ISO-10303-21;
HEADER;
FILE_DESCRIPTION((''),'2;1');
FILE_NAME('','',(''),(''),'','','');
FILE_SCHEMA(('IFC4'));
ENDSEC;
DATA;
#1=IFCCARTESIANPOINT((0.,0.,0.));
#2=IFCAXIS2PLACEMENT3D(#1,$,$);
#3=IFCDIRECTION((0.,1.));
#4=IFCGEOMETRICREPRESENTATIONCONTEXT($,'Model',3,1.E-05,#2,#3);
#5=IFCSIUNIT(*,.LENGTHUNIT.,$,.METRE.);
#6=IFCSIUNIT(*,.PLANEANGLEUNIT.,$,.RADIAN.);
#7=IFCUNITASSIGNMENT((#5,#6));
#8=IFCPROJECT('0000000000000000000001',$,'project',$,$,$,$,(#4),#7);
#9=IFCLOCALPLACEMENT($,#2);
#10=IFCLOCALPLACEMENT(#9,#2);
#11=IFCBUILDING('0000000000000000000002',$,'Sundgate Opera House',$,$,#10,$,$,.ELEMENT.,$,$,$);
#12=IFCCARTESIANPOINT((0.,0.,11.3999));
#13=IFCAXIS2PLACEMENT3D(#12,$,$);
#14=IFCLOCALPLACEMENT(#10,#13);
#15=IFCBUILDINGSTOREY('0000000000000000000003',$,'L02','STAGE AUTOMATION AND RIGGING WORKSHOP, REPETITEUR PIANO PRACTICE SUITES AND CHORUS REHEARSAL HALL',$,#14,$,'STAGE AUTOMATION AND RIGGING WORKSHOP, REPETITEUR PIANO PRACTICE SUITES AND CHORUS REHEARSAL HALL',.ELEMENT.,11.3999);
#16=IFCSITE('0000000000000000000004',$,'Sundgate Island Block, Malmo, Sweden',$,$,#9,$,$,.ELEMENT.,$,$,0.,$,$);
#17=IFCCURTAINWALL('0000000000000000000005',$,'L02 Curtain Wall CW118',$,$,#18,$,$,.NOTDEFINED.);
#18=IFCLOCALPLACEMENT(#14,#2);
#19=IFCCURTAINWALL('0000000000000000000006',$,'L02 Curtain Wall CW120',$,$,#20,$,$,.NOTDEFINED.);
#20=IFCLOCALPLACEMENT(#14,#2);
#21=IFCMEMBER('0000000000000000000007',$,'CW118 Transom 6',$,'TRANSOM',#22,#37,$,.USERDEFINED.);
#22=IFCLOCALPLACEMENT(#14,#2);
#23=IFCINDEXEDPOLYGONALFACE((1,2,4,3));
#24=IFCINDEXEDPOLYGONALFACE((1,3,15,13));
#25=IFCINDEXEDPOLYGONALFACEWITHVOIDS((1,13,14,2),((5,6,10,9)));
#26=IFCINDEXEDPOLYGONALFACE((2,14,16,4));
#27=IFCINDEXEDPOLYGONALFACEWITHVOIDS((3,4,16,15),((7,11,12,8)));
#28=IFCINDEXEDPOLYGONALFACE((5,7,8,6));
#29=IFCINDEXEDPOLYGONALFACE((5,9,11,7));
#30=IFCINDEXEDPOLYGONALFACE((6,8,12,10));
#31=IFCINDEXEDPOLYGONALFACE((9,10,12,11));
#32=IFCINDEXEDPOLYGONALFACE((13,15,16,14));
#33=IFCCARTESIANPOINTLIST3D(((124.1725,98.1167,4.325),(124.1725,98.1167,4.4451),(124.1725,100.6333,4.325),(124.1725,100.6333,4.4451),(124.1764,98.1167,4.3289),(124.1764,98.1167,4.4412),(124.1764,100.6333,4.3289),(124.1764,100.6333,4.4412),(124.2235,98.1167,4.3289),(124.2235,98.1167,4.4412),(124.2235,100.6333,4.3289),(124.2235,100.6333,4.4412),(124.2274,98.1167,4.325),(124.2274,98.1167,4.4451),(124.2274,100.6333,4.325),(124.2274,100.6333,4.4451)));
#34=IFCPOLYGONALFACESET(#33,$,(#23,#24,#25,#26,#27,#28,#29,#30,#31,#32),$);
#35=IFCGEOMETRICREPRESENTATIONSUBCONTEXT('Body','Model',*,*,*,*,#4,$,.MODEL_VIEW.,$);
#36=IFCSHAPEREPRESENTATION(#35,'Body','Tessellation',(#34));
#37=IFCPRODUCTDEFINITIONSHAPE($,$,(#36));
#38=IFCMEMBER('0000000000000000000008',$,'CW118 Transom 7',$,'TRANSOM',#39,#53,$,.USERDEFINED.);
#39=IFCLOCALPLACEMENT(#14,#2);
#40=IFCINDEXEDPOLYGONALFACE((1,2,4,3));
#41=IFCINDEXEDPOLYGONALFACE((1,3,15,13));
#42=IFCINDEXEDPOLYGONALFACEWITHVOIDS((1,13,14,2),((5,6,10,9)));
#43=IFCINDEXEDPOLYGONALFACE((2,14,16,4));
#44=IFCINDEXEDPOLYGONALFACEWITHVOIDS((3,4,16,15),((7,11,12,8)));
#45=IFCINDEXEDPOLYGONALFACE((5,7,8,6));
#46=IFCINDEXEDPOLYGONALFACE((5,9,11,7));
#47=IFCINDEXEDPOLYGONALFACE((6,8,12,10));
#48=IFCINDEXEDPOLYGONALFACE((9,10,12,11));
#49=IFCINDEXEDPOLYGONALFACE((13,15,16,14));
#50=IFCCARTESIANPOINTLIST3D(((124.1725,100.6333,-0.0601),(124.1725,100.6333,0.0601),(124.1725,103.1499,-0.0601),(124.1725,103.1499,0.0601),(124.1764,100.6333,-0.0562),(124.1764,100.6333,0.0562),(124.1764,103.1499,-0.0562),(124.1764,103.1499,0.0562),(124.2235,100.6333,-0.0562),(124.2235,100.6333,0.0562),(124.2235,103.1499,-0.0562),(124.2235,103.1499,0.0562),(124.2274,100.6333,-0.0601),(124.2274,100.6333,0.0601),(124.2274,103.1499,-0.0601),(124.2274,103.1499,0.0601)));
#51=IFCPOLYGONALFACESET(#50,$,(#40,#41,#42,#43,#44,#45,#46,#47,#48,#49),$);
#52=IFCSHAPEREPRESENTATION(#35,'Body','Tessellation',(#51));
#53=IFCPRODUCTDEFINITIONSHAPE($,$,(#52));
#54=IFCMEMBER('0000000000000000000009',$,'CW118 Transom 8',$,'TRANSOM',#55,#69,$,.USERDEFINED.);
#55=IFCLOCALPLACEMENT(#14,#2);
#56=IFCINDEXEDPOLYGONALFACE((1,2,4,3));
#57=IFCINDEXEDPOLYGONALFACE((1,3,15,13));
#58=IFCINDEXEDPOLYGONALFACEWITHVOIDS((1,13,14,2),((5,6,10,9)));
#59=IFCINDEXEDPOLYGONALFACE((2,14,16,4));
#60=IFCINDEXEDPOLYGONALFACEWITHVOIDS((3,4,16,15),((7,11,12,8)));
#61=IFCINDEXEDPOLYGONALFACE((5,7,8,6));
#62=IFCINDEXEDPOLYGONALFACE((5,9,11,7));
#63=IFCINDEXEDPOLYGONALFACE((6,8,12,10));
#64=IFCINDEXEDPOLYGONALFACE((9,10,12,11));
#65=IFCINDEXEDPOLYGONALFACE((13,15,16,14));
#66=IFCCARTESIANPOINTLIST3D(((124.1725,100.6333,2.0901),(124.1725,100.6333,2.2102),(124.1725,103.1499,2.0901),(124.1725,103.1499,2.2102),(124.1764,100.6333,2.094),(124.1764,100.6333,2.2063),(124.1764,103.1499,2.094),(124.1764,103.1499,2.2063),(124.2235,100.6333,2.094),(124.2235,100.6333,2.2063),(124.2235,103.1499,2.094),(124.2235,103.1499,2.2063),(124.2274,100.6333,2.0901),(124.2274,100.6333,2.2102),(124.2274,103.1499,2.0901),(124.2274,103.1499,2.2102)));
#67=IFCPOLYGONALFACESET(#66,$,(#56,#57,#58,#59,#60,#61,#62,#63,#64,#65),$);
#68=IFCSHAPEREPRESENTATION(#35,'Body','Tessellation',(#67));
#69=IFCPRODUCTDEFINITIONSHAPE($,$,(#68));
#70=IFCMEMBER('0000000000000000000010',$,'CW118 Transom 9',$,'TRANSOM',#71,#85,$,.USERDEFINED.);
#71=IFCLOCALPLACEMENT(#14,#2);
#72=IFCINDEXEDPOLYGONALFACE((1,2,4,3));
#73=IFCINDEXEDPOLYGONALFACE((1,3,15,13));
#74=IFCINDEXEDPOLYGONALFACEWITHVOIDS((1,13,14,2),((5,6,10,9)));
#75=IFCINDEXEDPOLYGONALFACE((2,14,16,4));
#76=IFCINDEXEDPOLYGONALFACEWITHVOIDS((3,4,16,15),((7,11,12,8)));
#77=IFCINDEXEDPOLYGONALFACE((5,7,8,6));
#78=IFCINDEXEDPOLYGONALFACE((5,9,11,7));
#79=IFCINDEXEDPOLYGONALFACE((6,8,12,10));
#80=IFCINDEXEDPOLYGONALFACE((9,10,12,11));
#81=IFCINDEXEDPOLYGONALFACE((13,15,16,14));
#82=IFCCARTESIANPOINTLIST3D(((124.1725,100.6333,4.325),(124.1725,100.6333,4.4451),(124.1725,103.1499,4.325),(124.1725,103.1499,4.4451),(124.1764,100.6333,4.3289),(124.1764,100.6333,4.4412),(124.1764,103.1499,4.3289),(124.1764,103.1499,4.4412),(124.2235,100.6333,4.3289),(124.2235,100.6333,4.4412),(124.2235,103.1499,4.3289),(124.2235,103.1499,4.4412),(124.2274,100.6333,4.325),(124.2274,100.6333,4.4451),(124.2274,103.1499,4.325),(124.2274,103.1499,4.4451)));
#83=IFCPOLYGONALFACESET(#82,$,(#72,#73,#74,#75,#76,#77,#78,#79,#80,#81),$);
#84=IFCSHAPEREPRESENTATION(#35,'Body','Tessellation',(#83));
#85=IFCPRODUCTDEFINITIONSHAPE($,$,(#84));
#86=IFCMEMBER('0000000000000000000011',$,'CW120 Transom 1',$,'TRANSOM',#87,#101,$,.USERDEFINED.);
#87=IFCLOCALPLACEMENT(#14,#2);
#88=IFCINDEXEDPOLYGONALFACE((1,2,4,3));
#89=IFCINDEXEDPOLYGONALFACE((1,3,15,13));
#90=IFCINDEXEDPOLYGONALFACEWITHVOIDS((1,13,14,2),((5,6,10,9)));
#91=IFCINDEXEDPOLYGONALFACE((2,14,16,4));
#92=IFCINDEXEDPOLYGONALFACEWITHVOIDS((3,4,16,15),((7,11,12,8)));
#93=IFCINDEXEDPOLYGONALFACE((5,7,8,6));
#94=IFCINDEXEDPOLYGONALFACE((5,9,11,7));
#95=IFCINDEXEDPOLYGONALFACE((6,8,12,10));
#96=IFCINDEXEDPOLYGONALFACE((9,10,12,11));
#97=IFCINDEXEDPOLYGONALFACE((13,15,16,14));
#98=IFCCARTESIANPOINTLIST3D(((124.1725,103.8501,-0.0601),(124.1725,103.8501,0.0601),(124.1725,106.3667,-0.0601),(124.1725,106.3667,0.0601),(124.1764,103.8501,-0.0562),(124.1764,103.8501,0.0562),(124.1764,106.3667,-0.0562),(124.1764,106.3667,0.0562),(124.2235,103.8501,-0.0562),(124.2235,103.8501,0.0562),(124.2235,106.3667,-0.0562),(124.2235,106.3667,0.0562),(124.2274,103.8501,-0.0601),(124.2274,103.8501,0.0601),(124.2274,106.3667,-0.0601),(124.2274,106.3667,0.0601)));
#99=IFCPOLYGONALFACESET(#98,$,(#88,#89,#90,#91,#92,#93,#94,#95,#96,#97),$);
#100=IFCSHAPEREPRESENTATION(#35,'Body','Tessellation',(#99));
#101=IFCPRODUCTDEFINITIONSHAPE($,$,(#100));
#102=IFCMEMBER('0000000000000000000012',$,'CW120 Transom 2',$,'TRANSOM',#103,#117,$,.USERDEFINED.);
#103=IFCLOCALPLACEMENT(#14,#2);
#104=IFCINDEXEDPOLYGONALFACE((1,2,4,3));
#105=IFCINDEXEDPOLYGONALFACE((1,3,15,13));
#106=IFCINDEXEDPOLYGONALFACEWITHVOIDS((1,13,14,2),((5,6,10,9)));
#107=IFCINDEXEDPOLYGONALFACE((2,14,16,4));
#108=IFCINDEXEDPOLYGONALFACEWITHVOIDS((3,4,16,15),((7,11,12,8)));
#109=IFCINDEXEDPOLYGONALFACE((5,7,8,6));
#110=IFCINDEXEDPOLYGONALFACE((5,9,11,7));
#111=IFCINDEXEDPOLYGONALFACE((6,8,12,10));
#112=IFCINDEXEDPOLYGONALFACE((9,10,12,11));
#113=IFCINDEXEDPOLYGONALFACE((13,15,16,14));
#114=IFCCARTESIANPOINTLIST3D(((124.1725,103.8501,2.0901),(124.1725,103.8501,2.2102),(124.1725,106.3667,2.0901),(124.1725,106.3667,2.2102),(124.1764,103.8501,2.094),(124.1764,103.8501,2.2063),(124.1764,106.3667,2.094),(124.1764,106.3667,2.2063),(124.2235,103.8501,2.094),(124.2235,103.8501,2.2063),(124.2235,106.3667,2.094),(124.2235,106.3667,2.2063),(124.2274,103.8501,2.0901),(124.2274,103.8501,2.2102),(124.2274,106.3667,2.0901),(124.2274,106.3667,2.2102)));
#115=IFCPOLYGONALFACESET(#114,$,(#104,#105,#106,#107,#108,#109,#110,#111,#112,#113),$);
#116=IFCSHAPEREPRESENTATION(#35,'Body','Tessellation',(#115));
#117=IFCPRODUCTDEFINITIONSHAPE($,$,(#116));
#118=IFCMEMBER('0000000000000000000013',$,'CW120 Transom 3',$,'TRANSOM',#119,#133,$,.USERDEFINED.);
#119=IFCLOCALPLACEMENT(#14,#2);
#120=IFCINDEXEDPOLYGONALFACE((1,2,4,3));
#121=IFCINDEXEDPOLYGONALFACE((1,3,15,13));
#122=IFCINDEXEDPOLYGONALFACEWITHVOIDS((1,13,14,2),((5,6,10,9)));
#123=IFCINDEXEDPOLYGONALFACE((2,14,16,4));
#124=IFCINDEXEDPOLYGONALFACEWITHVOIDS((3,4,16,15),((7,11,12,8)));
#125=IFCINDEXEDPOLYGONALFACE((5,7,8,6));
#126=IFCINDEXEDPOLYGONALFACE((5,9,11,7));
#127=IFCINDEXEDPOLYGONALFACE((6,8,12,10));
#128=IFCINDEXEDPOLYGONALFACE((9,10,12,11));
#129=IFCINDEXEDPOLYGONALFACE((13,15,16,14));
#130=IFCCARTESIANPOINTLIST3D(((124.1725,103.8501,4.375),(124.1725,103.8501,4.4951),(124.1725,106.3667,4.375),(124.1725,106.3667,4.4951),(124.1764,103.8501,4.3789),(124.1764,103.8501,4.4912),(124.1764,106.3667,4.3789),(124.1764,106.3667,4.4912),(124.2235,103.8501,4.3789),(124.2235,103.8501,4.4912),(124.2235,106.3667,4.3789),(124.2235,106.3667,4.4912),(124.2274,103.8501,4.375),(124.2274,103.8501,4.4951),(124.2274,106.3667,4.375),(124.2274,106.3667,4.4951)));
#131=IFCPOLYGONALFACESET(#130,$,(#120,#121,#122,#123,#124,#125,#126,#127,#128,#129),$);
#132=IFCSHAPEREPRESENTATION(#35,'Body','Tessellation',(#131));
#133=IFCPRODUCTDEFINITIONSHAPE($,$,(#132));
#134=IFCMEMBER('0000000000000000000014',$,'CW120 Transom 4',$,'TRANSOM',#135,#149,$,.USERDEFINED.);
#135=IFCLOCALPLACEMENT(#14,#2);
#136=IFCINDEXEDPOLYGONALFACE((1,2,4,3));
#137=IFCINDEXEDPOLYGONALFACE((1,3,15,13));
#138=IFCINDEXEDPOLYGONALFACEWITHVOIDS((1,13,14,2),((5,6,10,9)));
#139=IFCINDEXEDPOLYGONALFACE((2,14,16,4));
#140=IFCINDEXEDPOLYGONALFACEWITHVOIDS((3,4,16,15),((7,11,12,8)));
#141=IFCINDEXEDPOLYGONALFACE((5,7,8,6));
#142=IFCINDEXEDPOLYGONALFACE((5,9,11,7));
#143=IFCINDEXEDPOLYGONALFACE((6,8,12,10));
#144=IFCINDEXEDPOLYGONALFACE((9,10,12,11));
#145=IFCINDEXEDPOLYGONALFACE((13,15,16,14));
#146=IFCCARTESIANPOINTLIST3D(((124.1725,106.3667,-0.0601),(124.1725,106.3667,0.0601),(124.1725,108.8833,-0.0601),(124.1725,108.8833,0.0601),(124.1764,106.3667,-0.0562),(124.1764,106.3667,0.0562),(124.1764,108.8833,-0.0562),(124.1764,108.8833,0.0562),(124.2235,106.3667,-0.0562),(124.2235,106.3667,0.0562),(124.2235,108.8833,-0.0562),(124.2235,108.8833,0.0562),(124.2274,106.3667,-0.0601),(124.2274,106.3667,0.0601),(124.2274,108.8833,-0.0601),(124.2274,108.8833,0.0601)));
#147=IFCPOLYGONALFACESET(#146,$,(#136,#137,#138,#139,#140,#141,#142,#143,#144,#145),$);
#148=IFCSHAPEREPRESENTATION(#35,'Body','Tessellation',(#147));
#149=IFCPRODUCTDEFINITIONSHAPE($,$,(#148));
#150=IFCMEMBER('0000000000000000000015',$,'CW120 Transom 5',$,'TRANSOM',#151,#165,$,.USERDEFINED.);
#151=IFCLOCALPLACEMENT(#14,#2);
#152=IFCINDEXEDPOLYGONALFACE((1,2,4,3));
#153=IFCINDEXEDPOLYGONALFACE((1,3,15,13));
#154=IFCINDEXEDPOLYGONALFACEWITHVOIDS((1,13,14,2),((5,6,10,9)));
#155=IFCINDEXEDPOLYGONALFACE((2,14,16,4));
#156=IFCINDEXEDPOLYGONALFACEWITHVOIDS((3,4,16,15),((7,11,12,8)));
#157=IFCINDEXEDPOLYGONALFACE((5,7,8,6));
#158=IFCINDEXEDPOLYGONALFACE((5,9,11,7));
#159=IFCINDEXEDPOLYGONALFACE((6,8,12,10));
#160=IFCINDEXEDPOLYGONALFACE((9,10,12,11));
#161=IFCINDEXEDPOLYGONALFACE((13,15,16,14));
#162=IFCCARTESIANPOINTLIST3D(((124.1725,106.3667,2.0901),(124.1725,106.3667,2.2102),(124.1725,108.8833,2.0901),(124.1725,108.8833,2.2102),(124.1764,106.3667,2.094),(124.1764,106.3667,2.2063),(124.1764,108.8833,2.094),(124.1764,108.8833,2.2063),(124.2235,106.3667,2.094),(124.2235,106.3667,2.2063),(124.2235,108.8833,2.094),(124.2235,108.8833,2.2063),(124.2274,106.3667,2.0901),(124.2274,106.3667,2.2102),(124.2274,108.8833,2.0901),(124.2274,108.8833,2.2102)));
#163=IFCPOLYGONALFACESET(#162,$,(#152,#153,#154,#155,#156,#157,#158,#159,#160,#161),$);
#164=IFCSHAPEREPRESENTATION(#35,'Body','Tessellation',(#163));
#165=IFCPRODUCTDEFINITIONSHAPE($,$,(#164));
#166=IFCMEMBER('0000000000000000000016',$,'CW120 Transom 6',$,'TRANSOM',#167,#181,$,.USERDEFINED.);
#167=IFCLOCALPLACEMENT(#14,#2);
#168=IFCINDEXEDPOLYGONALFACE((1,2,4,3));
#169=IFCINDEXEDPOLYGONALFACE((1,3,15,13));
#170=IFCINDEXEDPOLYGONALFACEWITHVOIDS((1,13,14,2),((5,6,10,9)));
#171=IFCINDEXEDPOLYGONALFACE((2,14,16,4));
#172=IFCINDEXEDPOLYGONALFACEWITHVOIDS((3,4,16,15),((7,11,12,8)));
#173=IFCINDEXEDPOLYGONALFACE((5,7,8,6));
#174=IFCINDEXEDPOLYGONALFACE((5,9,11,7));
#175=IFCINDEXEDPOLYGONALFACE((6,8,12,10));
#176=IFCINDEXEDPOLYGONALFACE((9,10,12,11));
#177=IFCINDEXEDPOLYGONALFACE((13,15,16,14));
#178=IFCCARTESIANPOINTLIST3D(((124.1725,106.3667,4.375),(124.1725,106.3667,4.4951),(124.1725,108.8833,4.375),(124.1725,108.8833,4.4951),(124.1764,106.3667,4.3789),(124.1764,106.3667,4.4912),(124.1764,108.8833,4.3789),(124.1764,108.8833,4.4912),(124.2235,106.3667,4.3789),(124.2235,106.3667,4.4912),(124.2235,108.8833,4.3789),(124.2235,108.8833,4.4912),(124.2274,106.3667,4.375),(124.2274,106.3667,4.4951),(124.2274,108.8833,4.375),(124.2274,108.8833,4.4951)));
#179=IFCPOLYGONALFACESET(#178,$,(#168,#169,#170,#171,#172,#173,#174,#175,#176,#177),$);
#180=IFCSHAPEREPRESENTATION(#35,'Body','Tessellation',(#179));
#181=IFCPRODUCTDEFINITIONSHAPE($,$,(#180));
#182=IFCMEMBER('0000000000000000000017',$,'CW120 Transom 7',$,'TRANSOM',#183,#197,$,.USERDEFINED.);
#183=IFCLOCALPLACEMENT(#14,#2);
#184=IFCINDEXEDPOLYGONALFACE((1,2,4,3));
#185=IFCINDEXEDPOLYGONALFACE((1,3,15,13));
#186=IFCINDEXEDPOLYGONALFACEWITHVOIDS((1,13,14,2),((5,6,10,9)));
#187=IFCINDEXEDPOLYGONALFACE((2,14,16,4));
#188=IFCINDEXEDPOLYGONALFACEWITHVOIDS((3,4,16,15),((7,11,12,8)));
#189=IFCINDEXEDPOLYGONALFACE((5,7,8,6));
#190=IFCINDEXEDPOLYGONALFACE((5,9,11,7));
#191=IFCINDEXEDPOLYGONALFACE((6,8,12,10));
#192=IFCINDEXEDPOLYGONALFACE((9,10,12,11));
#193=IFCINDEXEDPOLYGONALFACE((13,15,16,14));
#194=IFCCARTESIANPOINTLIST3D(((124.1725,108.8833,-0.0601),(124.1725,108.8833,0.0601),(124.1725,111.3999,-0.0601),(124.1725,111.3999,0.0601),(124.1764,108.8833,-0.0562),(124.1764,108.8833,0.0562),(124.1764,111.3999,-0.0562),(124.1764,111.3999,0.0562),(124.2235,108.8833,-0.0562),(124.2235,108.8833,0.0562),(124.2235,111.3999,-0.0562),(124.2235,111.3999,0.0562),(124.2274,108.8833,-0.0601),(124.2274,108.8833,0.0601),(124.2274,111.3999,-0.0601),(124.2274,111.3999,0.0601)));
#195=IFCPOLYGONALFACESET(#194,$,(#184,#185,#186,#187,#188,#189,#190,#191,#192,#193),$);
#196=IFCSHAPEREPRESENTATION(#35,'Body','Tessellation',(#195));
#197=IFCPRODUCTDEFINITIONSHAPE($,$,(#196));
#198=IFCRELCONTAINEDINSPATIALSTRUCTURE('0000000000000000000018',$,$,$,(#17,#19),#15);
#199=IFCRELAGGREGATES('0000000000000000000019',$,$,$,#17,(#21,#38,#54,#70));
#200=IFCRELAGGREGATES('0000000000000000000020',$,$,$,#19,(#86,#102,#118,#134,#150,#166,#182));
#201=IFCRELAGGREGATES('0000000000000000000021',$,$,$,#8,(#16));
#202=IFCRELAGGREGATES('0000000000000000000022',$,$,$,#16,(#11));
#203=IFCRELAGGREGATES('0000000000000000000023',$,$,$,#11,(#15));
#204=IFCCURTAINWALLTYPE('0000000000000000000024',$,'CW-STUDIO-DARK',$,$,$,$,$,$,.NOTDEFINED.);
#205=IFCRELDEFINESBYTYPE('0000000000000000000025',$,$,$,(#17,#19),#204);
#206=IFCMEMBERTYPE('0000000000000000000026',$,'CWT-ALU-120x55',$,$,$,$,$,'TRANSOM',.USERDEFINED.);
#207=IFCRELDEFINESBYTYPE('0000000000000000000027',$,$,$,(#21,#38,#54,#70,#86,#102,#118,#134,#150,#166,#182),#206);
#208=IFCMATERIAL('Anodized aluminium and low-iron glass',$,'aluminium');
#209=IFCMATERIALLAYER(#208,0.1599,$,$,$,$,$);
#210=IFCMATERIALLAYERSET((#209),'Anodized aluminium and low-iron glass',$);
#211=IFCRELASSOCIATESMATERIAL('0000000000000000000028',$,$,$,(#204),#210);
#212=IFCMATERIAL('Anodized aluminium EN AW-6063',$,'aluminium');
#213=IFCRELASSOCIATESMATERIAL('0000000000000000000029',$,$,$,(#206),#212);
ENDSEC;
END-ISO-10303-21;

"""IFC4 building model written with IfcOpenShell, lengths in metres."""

from ifc_helpers import new_model, si_unit, direction, frame, origin, origin_2d, place, context, subcontext, project, spatial, hollow_rectangle, extrude, material, layer, layer_set, material_profile, profile_set, type_object, element, aggregate, save


model = new_model("IFC4")

# Units and contexts
model_context = context("Model", 3, precision=1e-05, world=origin(), true_north=direction((0.0, 1.0)))
body_context = subcontext(model_context, "Body", "Model", "MODEL_VIEW")
ifc_project = project(units=[si_unit("LENGTHUNIT", "METRE"), si_unit("PLANEANGLEUNIT", "RADIAN")], contexts=[model_context])

# Site, building, storey
site_placement = place(None, origin())
site = spatial("IfcSite", under=ifc_project, at=site_placement, Name="Sundgate Island Block, Malmo, Sweden", CompositionType="ELEMENT", RefElevation=0.0)
building_placement = place(site_placement, origin())
building = spatial("IfcBuilding", under=site, at=building_placement, Name="Sundgate Opera House", CompositionType="ELEMENT")
storey_placement = place(building_placement, frame((0.0, 0.0, 11.3999)))
storey = spatial("IfcBuildingStorey", under=building, at=storey_placement, Name="L02", Description="STAGE AUTOMATION AND RIGGING WORKSHOP, REPETITEUR PIANO PRACTICE SUITES AND CHORUS REHEARSAL HALL", LongName="STAGE AUTOMATION AND RIGGING WORKSHOP, REPETITEUR PIANO PRACTICE SUITES AND CHORUS REHEARSAL HALL", CompositionType="ELEMENT", Elevation=11.3999)

# Curtain walls
ifc_material_1 = material(Name="Anodized aluminium and low-iron glass", Category="aluminium")
ifc_layer_1 = layer(ifc_material_1, 0.1599)
ifc_layer_set_1 = layer_set([ifc_layer_1], Name="Anodized aluminium and low-iron glass")
curtain_wall_type = type_object("IfcCurtainWallType", Name="CW-STUDIO-DARK", PredefinedType="NOTDEFINED", material=ifc_layer_set_1)
curtain_wall_1_placement = place(storey_placement, origin())
curtain_wall_1 = element("IfcCurtainWall", 1, at=curtain_wall_1_placement, inside=storey, type_object=curtain_wall_type, Name="L02 Curtain Wall CW118", PredefinedType="NOTDEFINED")
curtain_wall_2_placement = place(storey_placement, origin())
curtain_wall_2 = element("IfcCurtainWall", 2, at=curtain_wall_2_placement, inside=storey, type_object=curtain_wall_type, Name="L02 Curtain Wall CW120", PredefinedType="NOTDEFINED")

# Members
ifc_material_2 = material(Name="Anodized aluminium EN AW-6063", Category="aluminium")
ifc_material_profile_1 = material_profile(ifc_material_2, hollow_rectangle(XDim=0.0549, YDim=0.1201, WallThickness=0.0039, at=origin_2d()), Name="CWT 120x55x4")
ifc_profile_set_1 = profile_set([ifc_material_profile_1], Name="Anodized aluminium EN AW-6063")
member_type_1 = type_object("IfcMemberType", Name="CWT-ALU-120x55", ElementType="TRANSOM", PredefinedType="USERDEFINED", material=ifc_profile_set_1)
member_1_placement = place(storey_placement, frame((124.2, 98.1167, 4.385), z_axis=(0.0, 1.0, 0.0), x_axis=(-1.0, 0.0, 0.0)))
member_1 = element("IfcMember", 3, at=member_1_placement, type_object=member_type_1, Name="CW118 Transom 6", ObjectType="TRANSOM", PredefinedType="USERDEFINED", context=body_context, shape_type="SweptSolid", body=[
    extrude(hollow_rectangle(XDim=0.0549, YDim=0.1201, WallThickness=0.0039, at=origin_2d()), origin(), (0.0, 0.0, 1.0), 2.5166),
])
member_2_placement = place(storey_placement, frame((124.2, 100.6333, 0.0), z_axis=(0.0, 1.0, 0.0), x_axis=(-1.0, 0.0, 0.0)))
member_2 = element("IfcMember", 4, at=member_2_placement, type_object=member_type_1, Name="CW118 Transom 7", ObjectType="TRANSOM", PredefinedType="USERDEFINED", context=body_context, shape_type="SweptSolid", body=[
    extrude(hollow_rectangle(XDim=0.0549, YDim=0.1201, WallThickness=0.0039, at=origin_2d()), origin(), (0.0, 0.0, 1.0), 2.5166),
])
member_3_placement = place(storey_placement, frame((124.2, 100.6333, 2.1501), z_axis=(0.0, 1.0, 0.0), x_axis=(-1.0, 0.0, 0.0)))
member_3 = element("IfcMember", 5, at=member_3_placement, type_object=member_type_1, Name="CW118 Transom 8", ObjectType="TRANSOM", PredefinedType="USERDEFINED", context=body_context, shape_type="SweptSolid", body=[
    extrude(hollow_rectangle(XDim=0.0549, YDim=0.1201, WallThickness=0.0039, at=origin_2d()), origin(), (0.0, 0.0, 1.0), 2.5166),
])
member_4_placement = place(storey_placement, frame((124.2, 100.6333, 4.385), z_axis=(0.0, 1.0, 0.0), x_axis=(-1.0, 0.0, 0.0)))
member_4 = element("IfcMember", 6, at=member_4_placement, type_object=member_type_1, Name="CW118 Transom 9", ObjectType="TRANSOM", PredefinedType="USERDEFINED", context=body_context, shape_type="SweptSolid", body=[
    extrude(hollow_rectangle(XDim=0.0549, YDim=0.1201, WallThickness=0.0039, at=origin_2d()), origin(), (0.0, 0.0, 1.0), 2.5166),
])
member_5_placement = place(storey_placement, frame((124.2, 103.8501, 0.0), z_axis=(0.0, 1.0, 0.0), x_axis=(-1.0, 0.0, 0.0)))
member_5 = element("IfcMember", 7, at=member_5_placement, type_object=member_type_1, Name="CW120 Transom 1", ObjectType="TRANSOM", PredefinedType="USERDEFINED", context=body_context, shape_type="SweptSolid", body=[
    extrude(hollow_rectangle(XDim=0.0549, YDim=0.1201, WallThickness=0.0039, at=origin_2d()), origin(), (0.0, 0.0, 1.0), 2.5166),
])
member_6_placement = place(storey_placement, frame((124.2, 103.8501, 2.1501), z_axis=(0.0, 1.0, 0.0), x_axis=(-1.0, 0.0, 0.0)))
member_6 = element("IfcMember", 8, at=member_6_placement, type_object=member_type_1, Name="CW120 Transom 2", ObjectType="TRANSOM", PredefinedType="USERDEFINED", context=body_context, shape_type="SweptSolid", body=[
    extrude(hollow_rectangle(XDim=0.0549, YDim=0.1201, WallThickness=0.0039, at=origin_2d()), origin(), (0.0, 0.0, 1.0), 2.5166),
])
member_7_placement = place(storey_placement, frame((124.2, 103.8501, 4.4351), z_axis=(0.0, 1.0, 0.0), x_axis=(-1.0, 0.0, 0.0)))
member_7 = element("IfcMember", 9, at=member_7_placement, type_object=member_type_1, Name="CW120 Transom 3", ObjectType="TRANSOM", PredefinedType="USERDEFINED", context=body_context, shape_type="SweptSolid", body=[
    extrude(hollow_rectangle(XDim=0.0549, YDim=0.1201, WallThickness=0.0039, at=origin_2d()), origin(), (0.0, 0.0, 1.0), 2.5166),
])
member_8_placement = place(storey_placement, frame((124.2, 106.3667, 0.0), z_axis=(0.0, 1.0, 0.0), x_axis=(-1.0, 0.0, 0.0)))
member_8 = element("IfcMember", 10, at=member_8_placement, type_object=member_type_1, Name="CW120 Transom 4", ObjectType="TRANSOM", PredefinedType="USERDEFINED", context=body_context, shape_type="SweptSolid", body=[
    extrude(hollow_rectangle(XDim=0.0549, YDim=0.1201, WallThickness=0.0039, at=origin_2d()), origin(), (0.0, 0.0, 1.0), 2.5166),
])
member_9_placement = place(storey_placement, frame((124.2, 106.3667, 2.1501), z_axis=(0.0, 1.0, 0.0), x_axis=(-1.0, 0.0, 0.0)))
member_9 = element("IfcMember", 11, at=member_9_placement, type_object=member_type_1, Name="CW120 Transom 5", ObjectType="TRANSOM", PredefinedType="USERDEFINED", context=body_context, shape_type="SweptSolid", body=[
    extrude(hollow_rectangle(XDim=0.0549, YDim=0.1201, WallThickness=0.0039, at=origin_2d()), origin(), (0.0, 0.0, 1.0), 2.5166),
])
member_10_placement = place(storey_placement, frame((124.2, 106.3667, 4.4351), z_axis=(0.0, 1.0, 0.0), x_axis=(-1.0, 0.0, 0.0)))
member_10 = element("IfcMember", 12, at=member_10_placement, type_object=member_type_1, Name="CW120 Transom 6", ObjectType="TRANSOM", PredefinedType="USERDEFINED", context=body_context, shape_type="SweptSolid", body=[
    extrude(hollow_rectangle(XDim=0.0549, YDim=0.1201, WallThickness=0.0039, at=origin_2d()), origin(), (0.0, 0.0, 1.0), 2.5166),
])
member_11_placement = place(storey_placement, frame((124.2, 108.8833, 0.0), z_axis=(0.0, 1.0, 0.0), x_axis=(-1.0, 0.0, 0.0)))
member_11 = element("IfcMember", 13, at=member_11_placement, type_object=member_type_1, Name="CW120 Transom 7", ObjectType="TRANSOM", PredefinedType="USERDEFINED", context=body_context, shape_type="SweptSolid", body=[
    extrude(hollow_rectangle(XDim=0.0549, YDim=0.1201, WallThickness=0.0039, at=origin_2d()), origin(), (0.0, 0.0, 1.0), 2.5166),
])

aggregate(curtain_wall_1, [member_1, member_2, member_3, member_4])
aggregate(curtain_wall_2, [member_5, member_6, member_7, member_8, member_9, member_10, member_11])

save(model, "model.ifc")
